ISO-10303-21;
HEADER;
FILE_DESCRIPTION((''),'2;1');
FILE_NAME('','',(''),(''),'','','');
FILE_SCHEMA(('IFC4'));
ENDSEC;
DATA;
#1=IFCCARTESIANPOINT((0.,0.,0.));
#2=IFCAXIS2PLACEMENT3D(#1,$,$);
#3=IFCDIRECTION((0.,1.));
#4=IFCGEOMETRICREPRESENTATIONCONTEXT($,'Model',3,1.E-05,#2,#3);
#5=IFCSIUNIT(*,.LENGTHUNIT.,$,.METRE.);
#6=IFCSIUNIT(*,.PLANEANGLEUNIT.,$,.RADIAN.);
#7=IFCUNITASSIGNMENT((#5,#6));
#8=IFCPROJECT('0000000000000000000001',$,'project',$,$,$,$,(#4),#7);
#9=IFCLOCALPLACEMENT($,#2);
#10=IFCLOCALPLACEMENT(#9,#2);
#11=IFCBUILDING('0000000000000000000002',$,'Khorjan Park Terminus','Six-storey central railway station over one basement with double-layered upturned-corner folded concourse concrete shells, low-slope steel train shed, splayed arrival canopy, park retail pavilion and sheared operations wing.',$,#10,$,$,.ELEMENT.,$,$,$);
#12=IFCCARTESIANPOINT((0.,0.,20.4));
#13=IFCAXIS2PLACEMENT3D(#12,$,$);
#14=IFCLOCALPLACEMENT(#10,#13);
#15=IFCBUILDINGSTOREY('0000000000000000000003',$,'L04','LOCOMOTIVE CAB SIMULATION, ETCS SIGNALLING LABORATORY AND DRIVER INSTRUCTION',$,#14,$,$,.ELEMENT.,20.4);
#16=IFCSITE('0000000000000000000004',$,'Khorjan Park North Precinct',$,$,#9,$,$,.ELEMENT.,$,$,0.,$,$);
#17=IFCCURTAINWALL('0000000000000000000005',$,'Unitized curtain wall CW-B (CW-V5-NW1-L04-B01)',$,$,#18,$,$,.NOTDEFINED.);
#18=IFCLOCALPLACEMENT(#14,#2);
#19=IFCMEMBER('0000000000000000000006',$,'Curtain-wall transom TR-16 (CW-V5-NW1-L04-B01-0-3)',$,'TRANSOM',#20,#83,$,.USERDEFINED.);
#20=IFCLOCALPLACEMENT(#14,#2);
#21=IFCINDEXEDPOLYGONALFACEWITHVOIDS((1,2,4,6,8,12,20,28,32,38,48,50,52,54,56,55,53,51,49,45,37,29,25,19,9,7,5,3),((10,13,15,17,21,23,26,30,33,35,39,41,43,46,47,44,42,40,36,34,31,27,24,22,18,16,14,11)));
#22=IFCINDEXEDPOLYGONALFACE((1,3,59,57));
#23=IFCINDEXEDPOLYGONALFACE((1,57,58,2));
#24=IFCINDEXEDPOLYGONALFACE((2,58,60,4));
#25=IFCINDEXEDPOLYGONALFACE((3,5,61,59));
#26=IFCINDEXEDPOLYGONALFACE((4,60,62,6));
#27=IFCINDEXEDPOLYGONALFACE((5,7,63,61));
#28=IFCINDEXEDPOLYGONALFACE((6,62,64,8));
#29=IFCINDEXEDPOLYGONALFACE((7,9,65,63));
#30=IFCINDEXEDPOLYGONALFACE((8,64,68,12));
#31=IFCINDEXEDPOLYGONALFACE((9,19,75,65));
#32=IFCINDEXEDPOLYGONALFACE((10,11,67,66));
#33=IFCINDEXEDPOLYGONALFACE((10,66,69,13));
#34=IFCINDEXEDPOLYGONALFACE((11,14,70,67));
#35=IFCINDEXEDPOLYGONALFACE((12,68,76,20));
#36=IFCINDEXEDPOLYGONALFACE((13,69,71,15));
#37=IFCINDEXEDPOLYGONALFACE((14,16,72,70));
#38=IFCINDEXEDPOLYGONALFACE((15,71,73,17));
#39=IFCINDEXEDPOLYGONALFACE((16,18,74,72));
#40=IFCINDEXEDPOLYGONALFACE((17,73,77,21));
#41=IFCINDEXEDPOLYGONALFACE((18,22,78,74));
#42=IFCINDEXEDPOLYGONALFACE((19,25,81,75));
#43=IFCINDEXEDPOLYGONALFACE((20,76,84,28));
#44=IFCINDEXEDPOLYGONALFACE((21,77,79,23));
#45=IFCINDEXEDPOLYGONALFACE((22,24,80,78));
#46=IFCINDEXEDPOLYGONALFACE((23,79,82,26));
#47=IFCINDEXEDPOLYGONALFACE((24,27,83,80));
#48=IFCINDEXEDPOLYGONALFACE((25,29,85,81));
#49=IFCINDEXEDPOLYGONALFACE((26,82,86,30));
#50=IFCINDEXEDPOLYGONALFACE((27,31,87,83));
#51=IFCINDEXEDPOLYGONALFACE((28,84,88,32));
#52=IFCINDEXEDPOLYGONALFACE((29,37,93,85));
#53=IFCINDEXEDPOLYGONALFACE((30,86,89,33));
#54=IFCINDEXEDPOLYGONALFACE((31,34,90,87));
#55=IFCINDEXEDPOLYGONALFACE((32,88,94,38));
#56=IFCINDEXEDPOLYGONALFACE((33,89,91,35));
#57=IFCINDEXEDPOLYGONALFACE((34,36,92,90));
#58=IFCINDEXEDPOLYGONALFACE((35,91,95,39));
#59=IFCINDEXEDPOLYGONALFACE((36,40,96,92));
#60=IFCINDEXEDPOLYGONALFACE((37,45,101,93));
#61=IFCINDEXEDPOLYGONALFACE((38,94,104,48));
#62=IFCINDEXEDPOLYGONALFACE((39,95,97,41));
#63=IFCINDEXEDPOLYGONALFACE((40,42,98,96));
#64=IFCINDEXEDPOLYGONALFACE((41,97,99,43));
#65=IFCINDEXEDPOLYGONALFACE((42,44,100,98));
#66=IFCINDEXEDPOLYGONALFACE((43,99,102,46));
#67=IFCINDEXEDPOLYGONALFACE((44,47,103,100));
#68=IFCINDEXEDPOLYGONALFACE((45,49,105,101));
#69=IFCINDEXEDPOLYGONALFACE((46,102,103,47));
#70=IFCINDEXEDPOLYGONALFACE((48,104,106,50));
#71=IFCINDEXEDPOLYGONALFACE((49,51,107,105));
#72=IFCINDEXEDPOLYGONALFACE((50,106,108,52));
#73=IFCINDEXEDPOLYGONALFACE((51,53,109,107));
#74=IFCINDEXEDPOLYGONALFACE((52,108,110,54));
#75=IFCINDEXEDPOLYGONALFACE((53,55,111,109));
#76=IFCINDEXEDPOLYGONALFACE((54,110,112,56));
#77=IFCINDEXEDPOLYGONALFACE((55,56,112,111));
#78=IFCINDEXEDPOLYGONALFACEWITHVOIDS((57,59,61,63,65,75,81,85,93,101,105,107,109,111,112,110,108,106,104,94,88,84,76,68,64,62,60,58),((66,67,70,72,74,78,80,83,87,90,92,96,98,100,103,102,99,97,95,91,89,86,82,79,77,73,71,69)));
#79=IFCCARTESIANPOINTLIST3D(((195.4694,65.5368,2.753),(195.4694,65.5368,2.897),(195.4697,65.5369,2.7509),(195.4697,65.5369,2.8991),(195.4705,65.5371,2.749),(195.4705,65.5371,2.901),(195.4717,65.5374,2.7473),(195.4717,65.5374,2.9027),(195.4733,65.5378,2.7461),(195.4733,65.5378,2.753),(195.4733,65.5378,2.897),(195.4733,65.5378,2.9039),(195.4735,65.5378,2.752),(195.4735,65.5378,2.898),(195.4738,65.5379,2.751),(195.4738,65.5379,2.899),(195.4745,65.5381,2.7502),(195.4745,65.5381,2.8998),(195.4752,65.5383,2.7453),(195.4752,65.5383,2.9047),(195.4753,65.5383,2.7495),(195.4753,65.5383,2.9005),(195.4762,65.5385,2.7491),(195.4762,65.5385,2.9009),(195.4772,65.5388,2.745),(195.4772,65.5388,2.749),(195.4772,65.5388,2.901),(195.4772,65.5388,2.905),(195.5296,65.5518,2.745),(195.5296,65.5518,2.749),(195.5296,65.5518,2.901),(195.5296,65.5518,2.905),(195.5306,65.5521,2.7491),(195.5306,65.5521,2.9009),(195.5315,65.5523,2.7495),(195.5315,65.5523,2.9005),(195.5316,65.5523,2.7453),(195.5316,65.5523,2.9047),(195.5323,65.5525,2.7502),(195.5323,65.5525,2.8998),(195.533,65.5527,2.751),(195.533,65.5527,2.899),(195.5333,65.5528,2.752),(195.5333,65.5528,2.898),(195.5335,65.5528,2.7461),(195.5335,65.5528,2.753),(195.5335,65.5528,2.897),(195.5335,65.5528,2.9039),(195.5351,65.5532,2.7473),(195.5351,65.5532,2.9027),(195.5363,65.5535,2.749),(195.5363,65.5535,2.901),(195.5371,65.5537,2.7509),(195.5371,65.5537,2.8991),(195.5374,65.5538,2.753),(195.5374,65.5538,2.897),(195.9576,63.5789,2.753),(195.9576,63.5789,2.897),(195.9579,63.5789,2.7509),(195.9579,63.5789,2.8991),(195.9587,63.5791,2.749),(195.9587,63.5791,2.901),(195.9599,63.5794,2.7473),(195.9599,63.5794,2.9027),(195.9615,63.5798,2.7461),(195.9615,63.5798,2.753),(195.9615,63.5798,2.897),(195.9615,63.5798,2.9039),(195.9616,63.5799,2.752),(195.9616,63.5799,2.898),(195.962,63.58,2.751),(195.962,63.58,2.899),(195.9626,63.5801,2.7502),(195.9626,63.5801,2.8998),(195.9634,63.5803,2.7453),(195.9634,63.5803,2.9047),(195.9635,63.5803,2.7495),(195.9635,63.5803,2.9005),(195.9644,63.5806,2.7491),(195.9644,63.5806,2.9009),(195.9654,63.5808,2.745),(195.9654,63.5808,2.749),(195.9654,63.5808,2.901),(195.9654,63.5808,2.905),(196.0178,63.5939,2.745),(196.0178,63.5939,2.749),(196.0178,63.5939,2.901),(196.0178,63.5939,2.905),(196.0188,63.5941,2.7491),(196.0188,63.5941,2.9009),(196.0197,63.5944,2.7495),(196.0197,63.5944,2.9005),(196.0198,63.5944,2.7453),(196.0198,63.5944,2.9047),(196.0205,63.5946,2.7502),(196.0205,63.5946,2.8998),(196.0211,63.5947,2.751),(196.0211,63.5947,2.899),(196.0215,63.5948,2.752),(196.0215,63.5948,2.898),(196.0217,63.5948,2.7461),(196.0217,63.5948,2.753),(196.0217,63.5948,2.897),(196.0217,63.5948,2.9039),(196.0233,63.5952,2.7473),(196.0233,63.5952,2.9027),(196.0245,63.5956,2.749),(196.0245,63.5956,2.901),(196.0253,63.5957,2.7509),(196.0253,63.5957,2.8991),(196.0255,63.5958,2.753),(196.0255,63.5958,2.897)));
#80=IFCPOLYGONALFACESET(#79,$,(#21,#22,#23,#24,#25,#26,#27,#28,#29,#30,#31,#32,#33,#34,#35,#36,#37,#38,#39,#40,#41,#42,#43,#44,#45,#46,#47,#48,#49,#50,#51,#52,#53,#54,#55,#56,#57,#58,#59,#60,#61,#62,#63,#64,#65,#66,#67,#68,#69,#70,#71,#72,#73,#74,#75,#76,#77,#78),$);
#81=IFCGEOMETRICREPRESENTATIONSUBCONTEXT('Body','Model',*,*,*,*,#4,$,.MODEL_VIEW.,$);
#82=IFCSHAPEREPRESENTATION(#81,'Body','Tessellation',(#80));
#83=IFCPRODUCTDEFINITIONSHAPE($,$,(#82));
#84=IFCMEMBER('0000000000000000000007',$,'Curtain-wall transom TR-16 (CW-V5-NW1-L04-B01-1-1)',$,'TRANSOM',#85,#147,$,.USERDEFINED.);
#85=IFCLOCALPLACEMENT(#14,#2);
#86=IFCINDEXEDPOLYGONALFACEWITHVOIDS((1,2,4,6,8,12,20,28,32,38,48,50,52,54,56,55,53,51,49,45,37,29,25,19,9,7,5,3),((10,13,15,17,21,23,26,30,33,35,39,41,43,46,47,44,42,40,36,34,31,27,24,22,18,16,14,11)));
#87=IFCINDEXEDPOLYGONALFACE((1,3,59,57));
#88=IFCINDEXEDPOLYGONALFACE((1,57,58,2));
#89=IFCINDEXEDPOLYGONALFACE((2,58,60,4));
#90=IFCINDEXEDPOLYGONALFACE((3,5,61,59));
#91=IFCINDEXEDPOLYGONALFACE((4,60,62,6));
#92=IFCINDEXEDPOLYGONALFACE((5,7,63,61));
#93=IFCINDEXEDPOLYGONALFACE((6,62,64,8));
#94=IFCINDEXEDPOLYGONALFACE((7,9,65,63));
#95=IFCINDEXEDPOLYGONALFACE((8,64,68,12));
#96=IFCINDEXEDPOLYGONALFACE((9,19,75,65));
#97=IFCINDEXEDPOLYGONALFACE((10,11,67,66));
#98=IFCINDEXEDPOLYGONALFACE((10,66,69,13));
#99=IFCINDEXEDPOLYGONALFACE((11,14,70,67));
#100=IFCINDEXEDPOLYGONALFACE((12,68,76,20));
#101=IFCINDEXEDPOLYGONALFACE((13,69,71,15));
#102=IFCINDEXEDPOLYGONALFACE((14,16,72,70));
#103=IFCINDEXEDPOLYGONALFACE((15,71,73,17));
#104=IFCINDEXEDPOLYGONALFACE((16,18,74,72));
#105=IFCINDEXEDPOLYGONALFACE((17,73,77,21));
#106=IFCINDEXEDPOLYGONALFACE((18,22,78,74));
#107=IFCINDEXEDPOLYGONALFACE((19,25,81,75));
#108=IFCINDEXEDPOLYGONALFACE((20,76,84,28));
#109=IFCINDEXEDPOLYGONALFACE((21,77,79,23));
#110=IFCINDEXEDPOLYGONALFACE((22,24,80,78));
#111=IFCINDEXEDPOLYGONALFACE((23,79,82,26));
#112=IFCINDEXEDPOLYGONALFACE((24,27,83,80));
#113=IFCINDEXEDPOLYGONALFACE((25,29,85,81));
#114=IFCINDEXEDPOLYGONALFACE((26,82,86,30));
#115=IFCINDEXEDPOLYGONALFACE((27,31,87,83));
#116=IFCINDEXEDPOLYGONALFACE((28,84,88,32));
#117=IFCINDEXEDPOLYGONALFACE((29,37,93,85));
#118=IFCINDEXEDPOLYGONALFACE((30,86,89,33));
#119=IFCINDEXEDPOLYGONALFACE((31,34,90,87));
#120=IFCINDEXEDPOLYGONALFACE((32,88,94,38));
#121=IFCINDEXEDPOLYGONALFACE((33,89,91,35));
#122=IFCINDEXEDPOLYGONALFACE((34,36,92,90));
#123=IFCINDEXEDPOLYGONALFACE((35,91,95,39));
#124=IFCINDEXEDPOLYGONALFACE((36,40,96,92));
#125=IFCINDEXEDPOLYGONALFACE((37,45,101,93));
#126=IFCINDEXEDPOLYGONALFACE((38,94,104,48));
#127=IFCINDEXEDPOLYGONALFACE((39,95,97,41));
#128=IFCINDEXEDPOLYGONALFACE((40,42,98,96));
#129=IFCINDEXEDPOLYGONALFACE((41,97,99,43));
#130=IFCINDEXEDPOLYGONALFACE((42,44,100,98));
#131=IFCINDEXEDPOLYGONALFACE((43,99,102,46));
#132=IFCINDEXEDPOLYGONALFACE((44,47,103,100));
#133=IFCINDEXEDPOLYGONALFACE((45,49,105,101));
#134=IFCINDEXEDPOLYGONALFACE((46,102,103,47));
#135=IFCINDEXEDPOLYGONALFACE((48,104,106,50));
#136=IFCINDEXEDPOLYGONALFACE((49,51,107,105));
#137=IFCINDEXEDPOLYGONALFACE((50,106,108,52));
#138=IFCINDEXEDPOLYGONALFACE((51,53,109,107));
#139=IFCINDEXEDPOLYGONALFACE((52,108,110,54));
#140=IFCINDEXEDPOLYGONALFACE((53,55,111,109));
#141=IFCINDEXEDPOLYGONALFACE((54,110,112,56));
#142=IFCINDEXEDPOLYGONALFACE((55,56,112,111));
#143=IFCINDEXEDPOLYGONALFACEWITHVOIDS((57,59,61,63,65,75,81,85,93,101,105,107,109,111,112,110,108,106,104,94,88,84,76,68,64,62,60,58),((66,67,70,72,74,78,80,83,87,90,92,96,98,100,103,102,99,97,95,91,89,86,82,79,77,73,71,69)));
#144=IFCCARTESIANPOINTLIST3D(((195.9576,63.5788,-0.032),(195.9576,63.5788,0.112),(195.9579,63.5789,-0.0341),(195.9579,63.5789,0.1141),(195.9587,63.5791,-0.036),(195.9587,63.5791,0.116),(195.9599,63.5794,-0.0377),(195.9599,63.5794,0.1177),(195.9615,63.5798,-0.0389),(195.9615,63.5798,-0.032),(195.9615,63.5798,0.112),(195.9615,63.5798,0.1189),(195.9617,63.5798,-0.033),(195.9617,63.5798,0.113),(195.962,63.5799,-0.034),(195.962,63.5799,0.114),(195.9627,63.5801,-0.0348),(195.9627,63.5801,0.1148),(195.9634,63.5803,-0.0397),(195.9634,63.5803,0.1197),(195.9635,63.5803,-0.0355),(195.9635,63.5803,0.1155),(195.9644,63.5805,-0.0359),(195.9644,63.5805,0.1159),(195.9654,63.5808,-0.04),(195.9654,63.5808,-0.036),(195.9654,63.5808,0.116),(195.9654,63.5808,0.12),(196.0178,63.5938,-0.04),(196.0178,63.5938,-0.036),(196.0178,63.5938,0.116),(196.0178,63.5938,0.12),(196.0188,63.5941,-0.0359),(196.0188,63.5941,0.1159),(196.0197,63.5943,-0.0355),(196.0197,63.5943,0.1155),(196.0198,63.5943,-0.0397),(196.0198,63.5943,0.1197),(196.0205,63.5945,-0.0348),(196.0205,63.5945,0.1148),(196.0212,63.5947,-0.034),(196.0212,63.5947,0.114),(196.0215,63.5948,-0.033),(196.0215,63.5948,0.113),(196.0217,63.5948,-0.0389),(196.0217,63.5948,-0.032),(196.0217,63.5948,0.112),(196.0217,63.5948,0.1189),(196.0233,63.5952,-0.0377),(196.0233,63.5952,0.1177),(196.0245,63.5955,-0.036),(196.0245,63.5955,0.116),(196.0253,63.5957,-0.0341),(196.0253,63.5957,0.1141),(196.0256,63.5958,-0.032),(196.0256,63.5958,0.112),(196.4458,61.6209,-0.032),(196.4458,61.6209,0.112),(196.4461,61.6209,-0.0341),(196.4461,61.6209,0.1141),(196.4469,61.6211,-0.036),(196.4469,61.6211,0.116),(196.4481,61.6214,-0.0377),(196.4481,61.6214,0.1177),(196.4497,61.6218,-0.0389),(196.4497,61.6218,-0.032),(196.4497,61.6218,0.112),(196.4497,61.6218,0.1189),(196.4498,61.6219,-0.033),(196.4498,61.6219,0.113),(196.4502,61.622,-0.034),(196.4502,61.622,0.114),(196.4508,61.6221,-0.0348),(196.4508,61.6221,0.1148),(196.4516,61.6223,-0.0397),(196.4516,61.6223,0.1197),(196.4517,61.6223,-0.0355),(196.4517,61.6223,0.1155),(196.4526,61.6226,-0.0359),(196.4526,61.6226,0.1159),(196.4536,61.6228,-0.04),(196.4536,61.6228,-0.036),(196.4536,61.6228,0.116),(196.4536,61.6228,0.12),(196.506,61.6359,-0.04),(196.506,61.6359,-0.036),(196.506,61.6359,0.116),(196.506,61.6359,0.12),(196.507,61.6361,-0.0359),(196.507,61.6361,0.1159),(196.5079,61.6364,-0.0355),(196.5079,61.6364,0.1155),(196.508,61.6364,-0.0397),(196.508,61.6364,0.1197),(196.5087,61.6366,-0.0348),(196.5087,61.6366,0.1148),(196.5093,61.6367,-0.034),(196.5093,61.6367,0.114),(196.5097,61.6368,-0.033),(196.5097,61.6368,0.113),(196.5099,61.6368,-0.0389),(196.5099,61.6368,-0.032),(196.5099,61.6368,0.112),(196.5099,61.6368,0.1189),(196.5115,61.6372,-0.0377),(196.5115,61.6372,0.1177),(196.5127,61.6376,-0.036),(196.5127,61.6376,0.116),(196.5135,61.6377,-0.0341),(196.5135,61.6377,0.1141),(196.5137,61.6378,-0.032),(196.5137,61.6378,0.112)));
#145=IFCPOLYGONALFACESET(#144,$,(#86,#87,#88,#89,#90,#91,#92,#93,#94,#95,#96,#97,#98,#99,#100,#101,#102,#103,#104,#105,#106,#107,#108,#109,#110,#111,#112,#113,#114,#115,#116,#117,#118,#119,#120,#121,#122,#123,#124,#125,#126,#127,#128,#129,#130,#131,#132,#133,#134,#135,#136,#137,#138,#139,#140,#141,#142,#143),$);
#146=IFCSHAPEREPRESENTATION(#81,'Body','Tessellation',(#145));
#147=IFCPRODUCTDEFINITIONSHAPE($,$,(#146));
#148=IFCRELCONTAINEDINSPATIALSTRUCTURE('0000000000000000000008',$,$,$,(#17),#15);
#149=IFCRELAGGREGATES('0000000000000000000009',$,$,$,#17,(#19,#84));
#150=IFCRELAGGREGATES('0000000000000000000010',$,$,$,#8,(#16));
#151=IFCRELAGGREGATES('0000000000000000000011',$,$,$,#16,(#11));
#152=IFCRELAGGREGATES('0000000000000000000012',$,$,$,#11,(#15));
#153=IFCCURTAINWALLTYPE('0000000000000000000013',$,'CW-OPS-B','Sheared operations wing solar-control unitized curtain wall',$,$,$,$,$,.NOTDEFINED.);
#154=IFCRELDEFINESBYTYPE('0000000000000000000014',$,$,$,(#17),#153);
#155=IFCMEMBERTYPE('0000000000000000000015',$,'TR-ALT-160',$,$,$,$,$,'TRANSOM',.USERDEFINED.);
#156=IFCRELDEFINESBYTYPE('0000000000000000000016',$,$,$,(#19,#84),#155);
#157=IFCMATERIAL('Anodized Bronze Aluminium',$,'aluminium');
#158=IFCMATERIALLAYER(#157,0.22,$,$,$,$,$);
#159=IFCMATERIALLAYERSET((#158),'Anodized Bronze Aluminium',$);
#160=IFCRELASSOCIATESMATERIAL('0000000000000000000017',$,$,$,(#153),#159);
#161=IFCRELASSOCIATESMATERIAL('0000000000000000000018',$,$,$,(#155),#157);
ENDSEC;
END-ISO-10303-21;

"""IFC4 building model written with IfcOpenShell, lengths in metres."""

from ifc_helpers import new_model, si_unit, direction, frame, origin, origin_2d, place, context, subcontext, project, spatial, hollow_rectangle, extrude, material, layer, layer_set, material_profile, profile_set, type_object, element, aggregate, save


model = new_model("IFC4")

# Units and contexts
model_context = context("Model", 3, precision=1e-05, world=origin(), true_north=direction((0.0, 1.0)))
body_context = subcontext(model_context, "Body", "Model", "MODEL_VIEW")
ifc_project = project(units=[si_unit("LENGTHUNIT", "METRE"), si_unit("PLANEANGLEUNIT", "RADIAN")], contexts=[model_context])

# Site, building, storey
site_placement = place(None, origin())
site = spatial("IfcSite", under=ifc_project, at=site_placement, Name="Khorjan Park North Precinct", CompositionType="ELEMENT", RefElevation=0.0)
building_placement = place(site_placement, origin())
building = spatial("IfcBuilding", under=site, at=building_placement, Name="Khorjan Park Terminus", Description="Six-storey central railway station over one basement with double-layered upturned-corner folded concourse concrete shells, low-slope steel train shed, splayed arrival canopy, park retail pavilion and sheared operations wing.", CompositionType="ELEMENT")
storey_placement = place(building_placement, frame((0.0, 0.0, 20.4)))
storey = spatial("IfcBuildingStorey", under=building, at=storey_placement, Name="L04", Description="LOCOMOTIVE CAB SIMULATION, ETCS SIGNALLING LABORATORY AND DRIVER INSTRUCTION", CompositionType="ELEMENT", Elevation=20.4)

# Curtain wall, members
ifc_material_1 = material(Name="Anodized Bronze Aluminium", Category="aluminium")
ifc_layer_1 = layer(ifc_material_1, 0.22)
ifc_layer_set_1 = layer_set([ifc_layer_1], Name="Anodized Bronze Aluminium")
curtain_wall_type = type_object("IfcCurtainWallType", Name="CW-OPS-B", Description="Sheared operations wing solar-control unitized curtain wall", PredefinedType="NOTDEFINED", material=ifc_layer_set_1)
curtain_wall_placement = place(storey_placement, origin())
curtain_wall = element("IfcCurtainWall", 1, at=curtain_wall_placement, inside=storey, type_object=curtain_wall_type, Name="Unitized curtain wall CW-B (CW-V5-NW1-L04-B01)", PredefinedType="NOTDEFINED")
ifc_material_profile_1 = material_profile(ifc_material_1, hollow_rectangle(XDim=0.07, YDim=0.16, WallThickness=0.004, InnerFilletRadius=0.004, OuterFilletRadius=0.008, at=origin_2d()), Name="ALT 70x160x4")
ifc_profile_set_1 = profile_set([ifc_material_profile_1], Name="Anodized Bronze Aluminium")
member_type_1 = type_object("IfcMemberType", Name="TR-ALT-160", ElementType="TRANSOM", PredefinedType="USERDEFINED", material=ifc_profile_set_1)
member_1_placement = place(storey_placement, frame((195.5034, 65.5453, 2.825), z_axis=(0.241929, -0.970294, 0.0), x_axis=(0.970294, 0.241929, 0.0)))
member_1 = element("IfcMember", 2, at=member_1_placement, type_object=member_type_1, Name="Curtain-wall transom TR-16 (CW-V5-NW1-L04-B01-0-3)", ObjectType="TRANSOM", PredefinedType="USERDEFINED", context=body_context, shape_type="SweptSolid", body=[
    extrude(hollow_rectangle(XDim=0.07, YDim=0.16, WallThickness=0.004, InnerFilletRadius=0.004, OuterFilletRadius=0.008, at=origin_2d()), origin(), (0.0, 0.0, 1.0), 2.0179),
])
member_2_placement = place(storey_placement, frame((195.9916, 63.5873, 0.04), z_axis=(0.241929, -0.970294, 0.0), x_axis=(0.970294, 0.241929, 0.0)))
member_2 = element("IfcMember", 3, at=member_2_placement, type_object=member_type_1, Name="Curtain-wall transom TR-16 (CW-V5-NW1-L04-B01-1-1)", ObjectType="TRANSOM", PredefinedType="USERDEFINED", context=body_context, shape_type="SweptSolid", body=[
    extrude(hollow_rectangle(XDim=0.07, YDim=0.16, WallThickness=0.004, InnerFilletRadius=0.004, OuterFilletRadius=0.008, at=origin_2d()), origin(), (0.0, 0.0, 1.0), 2.0179),
])
aggregate(curtain_wall, [member_1, member_2])

save(model, "model.ifc")
